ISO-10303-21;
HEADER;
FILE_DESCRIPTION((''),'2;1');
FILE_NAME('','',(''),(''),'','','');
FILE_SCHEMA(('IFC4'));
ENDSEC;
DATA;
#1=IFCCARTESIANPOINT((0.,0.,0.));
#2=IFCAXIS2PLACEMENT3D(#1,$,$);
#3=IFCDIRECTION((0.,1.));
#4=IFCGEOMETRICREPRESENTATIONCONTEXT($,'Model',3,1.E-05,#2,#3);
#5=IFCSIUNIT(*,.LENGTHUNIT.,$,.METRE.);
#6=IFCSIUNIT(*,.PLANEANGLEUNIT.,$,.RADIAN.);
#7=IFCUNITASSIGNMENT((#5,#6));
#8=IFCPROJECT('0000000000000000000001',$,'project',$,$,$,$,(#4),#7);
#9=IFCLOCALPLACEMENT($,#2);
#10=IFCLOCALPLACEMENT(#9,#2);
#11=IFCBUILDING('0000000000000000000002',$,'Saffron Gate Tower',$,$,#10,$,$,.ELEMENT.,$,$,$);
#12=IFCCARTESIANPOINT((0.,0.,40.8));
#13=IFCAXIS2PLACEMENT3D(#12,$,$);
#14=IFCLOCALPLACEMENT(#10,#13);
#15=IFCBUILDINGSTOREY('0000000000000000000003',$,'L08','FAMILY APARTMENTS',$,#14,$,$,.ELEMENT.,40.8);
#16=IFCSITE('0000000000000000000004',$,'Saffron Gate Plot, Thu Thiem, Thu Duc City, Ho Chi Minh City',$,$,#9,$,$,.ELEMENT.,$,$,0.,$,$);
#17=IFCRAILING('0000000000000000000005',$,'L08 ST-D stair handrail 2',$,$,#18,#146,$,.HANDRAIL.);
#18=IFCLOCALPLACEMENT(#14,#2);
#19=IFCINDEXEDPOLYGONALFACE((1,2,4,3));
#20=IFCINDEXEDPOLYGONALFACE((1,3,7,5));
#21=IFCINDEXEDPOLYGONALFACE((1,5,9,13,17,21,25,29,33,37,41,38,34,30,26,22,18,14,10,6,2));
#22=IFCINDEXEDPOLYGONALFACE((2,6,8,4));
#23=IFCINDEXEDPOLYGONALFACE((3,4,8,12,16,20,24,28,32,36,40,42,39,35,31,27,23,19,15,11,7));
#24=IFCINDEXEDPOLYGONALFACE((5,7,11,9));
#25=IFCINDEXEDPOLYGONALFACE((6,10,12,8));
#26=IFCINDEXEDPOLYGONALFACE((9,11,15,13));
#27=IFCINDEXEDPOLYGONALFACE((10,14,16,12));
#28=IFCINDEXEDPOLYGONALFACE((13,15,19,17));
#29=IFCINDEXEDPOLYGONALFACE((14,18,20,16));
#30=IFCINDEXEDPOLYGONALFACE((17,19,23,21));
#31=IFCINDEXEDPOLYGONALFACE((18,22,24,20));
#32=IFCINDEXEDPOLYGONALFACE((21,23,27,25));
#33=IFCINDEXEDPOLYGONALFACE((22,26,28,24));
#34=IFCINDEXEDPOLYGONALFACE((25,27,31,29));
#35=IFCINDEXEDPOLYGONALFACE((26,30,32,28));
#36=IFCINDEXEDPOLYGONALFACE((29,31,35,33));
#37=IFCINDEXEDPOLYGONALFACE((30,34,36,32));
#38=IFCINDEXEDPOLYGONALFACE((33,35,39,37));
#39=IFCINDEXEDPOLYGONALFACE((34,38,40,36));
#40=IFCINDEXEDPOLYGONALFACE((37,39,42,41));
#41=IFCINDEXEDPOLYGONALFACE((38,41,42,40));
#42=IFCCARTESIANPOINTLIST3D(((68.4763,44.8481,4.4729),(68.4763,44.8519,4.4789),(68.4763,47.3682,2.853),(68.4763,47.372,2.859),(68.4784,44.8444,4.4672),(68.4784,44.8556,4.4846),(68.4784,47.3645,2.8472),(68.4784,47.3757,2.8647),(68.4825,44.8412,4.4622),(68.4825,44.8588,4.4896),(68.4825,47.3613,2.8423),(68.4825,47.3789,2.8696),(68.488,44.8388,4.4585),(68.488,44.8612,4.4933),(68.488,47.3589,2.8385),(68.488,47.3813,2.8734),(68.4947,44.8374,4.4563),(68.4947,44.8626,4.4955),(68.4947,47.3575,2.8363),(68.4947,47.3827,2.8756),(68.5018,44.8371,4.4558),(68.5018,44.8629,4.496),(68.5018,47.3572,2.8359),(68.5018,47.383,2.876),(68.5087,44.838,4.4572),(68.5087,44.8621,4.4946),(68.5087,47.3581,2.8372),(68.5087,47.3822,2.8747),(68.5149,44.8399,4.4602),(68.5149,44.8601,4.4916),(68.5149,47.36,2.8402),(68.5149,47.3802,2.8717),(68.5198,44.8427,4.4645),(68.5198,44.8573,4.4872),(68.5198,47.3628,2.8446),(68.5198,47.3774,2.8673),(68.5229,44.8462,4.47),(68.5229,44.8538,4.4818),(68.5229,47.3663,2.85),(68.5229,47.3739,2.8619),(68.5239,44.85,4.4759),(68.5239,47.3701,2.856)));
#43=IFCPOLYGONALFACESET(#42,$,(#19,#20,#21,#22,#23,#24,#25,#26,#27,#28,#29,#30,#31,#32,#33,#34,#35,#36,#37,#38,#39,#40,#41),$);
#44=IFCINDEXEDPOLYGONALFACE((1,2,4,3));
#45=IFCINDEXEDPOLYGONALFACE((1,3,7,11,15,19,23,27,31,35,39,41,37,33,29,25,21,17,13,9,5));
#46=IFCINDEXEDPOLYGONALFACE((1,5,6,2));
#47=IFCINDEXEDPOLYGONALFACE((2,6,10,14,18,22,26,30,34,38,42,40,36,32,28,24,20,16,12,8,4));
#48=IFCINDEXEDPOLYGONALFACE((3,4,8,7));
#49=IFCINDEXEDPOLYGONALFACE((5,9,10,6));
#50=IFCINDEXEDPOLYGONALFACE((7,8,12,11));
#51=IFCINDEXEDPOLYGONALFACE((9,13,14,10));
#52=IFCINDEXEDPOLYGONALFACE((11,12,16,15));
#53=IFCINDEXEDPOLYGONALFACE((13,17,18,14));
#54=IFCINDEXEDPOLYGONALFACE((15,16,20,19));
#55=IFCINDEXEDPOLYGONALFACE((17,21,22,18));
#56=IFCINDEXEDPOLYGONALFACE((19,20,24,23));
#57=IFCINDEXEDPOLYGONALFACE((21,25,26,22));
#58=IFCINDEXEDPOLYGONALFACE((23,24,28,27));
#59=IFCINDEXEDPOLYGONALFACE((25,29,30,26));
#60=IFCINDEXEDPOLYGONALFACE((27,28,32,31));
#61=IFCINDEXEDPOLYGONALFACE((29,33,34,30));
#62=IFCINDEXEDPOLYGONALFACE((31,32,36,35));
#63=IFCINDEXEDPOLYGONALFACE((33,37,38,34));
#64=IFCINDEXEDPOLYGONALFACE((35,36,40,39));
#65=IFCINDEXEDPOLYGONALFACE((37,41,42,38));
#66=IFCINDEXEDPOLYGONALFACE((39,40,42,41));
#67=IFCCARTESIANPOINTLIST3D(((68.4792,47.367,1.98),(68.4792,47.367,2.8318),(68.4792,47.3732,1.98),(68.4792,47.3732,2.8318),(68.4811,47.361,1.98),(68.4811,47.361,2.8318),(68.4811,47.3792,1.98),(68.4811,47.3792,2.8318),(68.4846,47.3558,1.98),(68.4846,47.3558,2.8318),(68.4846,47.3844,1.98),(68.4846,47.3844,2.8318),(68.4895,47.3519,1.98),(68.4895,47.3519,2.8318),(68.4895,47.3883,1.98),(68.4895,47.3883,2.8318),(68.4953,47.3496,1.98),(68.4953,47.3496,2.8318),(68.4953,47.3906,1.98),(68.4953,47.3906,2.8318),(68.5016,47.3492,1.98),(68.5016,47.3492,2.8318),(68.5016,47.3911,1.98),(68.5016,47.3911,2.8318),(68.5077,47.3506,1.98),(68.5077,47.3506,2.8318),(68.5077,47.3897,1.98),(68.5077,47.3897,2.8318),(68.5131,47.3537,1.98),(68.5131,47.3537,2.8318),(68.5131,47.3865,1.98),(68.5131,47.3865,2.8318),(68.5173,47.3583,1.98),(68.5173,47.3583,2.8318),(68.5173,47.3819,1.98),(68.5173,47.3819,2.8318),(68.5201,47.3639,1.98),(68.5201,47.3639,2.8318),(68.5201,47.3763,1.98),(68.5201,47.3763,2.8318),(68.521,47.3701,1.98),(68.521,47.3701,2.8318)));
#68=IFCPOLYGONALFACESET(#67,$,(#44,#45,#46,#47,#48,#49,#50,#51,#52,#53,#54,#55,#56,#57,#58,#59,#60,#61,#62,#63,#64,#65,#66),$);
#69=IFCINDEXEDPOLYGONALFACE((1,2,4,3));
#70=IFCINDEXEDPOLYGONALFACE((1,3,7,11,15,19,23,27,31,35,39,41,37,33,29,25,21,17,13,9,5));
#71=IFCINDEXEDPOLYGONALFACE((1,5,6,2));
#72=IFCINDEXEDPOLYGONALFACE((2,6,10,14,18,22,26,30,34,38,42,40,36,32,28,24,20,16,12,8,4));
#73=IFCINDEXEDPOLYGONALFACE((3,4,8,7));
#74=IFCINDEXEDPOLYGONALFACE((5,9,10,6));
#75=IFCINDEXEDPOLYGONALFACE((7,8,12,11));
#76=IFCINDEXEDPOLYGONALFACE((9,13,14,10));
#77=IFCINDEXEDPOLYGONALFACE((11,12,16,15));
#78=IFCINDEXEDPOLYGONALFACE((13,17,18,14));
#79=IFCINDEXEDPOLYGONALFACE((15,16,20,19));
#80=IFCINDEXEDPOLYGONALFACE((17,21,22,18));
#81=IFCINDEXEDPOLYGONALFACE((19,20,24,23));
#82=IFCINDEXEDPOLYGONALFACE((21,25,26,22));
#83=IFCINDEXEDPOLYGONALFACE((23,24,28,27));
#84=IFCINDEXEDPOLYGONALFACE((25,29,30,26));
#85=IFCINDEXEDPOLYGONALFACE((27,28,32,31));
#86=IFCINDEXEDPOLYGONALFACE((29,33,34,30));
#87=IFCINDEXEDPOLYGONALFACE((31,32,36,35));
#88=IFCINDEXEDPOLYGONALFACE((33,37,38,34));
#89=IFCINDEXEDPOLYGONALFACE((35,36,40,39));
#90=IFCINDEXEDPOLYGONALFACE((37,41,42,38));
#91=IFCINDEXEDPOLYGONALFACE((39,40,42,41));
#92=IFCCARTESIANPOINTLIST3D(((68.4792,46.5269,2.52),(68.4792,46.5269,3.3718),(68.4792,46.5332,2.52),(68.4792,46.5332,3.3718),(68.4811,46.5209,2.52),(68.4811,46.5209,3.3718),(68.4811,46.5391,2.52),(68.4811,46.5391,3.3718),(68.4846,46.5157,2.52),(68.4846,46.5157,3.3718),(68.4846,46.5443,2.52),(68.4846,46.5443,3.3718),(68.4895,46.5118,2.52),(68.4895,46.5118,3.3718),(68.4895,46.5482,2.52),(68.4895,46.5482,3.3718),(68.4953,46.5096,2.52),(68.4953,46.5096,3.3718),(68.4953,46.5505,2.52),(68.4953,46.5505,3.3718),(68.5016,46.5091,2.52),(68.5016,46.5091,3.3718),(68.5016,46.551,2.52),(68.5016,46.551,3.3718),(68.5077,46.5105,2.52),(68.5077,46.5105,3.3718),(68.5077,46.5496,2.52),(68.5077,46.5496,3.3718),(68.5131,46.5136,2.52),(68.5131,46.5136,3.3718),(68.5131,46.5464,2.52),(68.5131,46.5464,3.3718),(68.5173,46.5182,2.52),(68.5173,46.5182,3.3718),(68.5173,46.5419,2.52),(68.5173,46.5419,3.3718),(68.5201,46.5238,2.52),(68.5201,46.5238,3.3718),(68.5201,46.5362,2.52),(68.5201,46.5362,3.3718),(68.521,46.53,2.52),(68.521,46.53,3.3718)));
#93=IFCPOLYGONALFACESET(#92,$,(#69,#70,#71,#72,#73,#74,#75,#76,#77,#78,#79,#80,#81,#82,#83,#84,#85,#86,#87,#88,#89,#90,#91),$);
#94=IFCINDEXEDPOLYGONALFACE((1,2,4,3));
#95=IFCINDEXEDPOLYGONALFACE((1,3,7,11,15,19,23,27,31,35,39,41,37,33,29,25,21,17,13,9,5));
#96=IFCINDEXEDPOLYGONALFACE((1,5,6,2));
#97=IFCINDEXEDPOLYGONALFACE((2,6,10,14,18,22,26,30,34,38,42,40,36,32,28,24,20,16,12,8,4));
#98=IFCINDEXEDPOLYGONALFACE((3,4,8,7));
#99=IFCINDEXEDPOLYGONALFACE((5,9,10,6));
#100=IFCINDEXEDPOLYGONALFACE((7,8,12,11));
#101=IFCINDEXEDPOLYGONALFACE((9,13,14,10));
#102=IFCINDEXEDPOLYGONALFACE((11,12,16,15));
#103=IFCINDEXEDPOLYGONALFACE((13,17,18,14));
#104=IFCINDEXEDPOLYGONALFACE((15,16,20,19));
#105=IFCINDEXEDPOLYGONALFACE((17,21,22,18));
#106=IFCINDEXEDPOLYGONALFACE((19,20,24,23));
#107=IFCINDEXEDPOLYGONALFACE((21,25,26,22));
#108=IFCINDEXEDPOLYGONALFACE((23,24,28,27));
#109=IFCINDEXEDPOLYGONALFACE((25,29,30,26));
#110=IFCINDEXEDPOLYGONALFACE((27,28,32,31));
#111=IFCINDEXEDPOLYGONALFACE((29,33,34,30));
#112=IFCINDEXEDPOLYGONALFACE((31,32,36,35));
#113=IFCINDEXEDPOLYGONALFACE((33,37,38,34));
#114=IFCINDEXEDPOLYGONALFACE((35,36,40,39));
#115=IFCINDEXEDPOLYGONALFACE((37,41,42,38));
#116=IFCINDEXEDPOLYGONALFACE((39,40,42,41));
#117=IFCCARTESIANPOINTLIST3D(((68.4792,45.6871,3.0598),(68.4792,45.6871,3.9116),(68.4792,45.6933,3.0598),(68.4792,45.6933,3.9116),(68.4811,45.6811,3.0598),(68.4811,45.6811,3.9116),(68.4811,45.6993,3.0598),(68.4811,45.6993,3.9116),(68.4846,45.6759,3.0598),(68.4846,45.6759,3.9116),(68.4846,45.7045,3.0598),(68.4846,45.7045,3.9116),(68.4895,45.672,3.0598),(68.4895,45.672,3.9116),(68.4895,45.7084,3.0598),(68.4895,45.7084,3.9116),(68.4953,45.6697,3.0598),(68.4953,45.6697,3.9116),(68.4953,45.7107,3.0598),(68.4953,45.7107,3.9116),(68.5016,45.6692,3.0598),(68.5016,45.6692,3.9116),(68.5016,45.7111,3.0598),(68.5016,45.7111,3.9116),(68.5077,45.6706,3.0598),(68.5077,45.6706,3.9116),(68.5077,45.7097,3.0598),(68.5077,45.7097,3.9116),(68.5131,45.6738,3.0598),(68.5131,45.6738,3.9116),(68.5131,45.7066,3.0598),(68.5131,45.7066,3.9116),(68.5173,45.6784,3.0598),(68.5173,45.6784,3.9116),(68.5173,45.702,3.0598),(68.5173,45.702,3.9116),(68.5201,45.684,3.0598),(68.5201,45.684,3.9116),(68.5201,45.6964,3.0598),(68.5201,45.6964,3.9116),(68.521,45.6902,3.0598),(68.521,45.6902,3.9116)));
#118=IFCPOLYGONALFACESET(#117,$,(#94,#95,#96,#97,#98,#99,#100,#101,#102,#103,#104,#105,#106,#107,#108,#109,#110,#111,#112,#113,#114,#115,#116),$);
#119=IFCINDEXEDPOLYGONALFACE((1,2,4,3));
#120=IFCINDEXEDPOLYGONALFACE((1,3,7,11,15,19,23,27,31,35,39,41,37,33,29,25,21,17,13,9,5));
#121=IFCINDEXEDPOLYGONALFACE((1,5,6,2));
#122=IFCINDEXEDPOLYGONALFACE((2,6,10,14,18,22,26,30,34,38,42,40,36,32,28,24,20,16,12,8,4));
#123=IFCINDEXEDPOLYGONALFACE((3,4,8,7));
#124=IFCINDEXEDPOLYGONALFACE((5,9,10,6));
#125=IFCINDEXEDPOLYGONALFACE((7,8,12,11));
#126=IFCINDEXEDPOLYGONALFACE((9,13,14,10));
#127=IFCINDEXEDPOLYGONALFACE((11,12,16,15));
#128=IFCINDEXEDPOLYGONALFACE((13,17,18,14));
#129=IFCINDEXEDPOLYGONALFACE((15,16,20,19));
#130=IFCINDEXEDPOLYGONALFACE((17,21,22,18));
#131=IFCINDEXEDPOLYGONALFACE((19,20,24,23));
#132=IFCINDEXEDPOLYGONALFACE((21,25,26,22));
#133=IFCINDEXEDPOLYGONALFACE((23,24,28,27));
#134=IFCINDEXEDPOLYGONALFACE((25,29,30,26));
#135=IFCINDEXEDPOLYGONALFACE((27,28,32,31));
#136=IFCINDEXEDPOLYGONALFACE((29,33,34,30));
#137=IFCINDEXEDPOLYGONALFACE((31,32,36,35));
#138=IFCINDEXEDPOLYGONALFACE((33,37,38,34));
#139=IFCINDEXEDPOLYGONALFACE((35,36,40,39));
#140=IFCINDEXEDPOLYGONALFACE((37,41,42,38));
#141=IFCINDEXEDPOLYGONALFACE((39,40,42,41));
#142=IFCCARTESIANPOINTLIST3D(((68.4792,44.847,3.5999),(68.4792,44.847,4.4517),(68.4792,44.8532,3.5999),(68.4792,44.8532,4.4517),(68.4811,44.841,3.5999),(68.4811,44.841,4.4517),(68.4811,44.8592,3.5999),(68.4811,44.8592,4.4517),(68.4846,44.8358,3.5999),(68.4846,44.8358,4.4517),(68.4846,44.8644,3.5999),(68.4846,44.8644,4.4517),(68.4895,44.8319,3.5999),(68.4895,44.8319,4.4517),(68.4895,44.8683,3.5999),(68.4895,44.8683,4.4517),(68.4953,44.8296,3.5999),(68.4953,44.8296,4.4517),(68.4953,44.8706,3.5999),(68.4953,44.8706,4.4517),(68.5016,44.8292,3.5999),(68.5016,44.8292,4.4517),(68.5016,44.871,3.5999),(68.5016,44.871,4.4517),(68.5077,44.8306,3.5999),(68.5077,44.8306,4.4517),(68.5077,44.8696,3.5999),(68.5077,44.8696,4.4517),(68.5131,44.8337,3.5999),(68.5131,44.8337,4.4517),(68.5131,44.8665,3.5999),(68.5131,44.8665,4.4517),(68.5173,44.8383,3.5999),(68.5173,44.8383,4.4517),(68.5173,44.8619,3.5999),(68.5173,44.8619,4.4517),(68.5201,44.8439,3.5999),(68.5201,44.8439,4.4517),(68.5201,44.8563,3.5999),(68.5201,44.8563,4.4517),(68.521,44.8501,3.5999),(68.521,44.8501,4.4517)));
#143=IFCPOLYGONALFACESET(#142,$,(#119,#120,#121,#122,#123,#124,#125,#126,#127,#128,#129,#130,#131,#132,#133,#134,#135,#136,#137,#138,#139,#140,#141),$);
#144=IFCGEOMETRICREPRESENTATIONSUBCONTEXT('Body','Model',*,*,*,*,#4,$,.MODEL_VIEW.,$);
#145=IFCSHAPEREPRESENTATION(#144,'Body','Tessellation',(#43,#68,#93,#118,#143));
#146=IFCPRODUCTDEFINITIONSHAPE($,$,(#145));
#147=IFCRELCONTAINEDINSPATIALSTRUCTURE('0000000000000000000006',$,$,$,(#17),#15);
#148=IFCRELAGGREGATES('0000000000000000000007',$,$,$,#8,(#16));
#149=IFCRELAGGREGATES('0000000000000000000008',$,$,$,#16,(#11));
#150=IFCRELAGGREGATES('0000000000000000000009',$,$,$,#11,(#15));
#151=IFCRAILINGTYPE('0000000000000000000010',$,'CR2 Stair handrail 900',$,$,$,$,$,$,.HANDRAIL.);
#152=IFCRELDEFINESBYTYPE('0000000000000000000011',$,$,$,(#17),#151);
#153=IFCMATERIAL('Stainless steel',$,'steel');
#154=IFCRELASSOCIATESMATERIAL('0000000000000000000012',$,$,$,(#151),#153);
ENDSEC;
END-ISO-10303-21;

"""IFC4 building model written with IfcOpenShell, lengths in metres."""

from ifc_helpers import new_model, si_unit, direction, frame, origin, origin_2d, place, context, subcontext, project, spatial, circle, extrude, material, type_object, element, save


model = new_model("IFC4")

# Units and contexts
model_context = context("Model", 3, precision=1e-05, world=origin(), true_north=direction((0.0, 1.0)))
body_context = subcontext(model_context, "Body", "Model", "MODEL_VIEW")
ifc_project = project(units=[si_unit("LENGTHUNIT", "METRE"), si_unit("PLANEANGLEUNIT", "RADIAN")], contexts=[model_context])

# Site, building, storey
site_placement = place(None, origin())
site = spatial("IfcSite", under=ifc_project, at=site_placement, Name="Saffron Gate Plot, Thu Thiem, Thu Duc City, Ho Chi Minh City", CompositionType="ELEMENT", RefElevation=0.0)
building_placement = place(site_placement, origin())
building = spatial("IfcBuilding", under=site, at=building_placement, Name="Saffron Gate Tower", CompositionType="ELEMENT")
storey_placement = place(building_placement, frame((0.0, 0.0, 40.8)))
storey = spatial("IfcBuildingStorey", under=building, at=storey_placement, Name="L08", Description="FAMILY APARTMENTS", CompositionType="ELEMENT", Elevation=40.8)

# Railing
ifc_material_1 = material(Name="Stainless steel", Category="steel")
railing_type_1 = type_object("IfcRailingType", Name="CR2 Stair handrail 900", PredefinedType="HANDRAIL", material=ifc_material_1)
railing_1_placement = place(storey_placement, frame((68.5, 47.3701, 1.98)))
element("IfcRailing", 1, at=railing_1_placement, inside=storey, type_object=railing_type_1, Name="L08 ST-D stair handrail 2", PredefinedType="HANDRAIL", context=body_context, shape_type="SweptSolid", body=[
    extrude(circle(Radius=0.0239, at=origin_2d()), frame((0.0, 0.0, 0.876), z_axis=(0.0, -0.8412, 0.540725), x_axis=(1.0, 0.0, 0.0)), (0.0, 0.0, 1.0), 2.9958),
    extrude(circle(Radius=0.021, at=origin_2d()), origin(), (0.0, 0.0, 1.0), 0.8518),
    extrude(circle(Radius=0.021, at=origin_2d()), frame((0.0, -0.8401, 0.54)), (0.0, 0.0, 1.0), 0.8518),
    extrude(circle(Radius=0.021, at=origin_2d()), frame((0.0, -1.6799, 1.0798)), (0.0, 0.0, 1.0), 0.8518),
    extrude(circle(Radius=0.021, at=origin_2d()), frame((0.0, -2.52, 1.6199)), (0.0, 0.0, 1.0), 0.8518),
])

save(model, "model.ifc")
